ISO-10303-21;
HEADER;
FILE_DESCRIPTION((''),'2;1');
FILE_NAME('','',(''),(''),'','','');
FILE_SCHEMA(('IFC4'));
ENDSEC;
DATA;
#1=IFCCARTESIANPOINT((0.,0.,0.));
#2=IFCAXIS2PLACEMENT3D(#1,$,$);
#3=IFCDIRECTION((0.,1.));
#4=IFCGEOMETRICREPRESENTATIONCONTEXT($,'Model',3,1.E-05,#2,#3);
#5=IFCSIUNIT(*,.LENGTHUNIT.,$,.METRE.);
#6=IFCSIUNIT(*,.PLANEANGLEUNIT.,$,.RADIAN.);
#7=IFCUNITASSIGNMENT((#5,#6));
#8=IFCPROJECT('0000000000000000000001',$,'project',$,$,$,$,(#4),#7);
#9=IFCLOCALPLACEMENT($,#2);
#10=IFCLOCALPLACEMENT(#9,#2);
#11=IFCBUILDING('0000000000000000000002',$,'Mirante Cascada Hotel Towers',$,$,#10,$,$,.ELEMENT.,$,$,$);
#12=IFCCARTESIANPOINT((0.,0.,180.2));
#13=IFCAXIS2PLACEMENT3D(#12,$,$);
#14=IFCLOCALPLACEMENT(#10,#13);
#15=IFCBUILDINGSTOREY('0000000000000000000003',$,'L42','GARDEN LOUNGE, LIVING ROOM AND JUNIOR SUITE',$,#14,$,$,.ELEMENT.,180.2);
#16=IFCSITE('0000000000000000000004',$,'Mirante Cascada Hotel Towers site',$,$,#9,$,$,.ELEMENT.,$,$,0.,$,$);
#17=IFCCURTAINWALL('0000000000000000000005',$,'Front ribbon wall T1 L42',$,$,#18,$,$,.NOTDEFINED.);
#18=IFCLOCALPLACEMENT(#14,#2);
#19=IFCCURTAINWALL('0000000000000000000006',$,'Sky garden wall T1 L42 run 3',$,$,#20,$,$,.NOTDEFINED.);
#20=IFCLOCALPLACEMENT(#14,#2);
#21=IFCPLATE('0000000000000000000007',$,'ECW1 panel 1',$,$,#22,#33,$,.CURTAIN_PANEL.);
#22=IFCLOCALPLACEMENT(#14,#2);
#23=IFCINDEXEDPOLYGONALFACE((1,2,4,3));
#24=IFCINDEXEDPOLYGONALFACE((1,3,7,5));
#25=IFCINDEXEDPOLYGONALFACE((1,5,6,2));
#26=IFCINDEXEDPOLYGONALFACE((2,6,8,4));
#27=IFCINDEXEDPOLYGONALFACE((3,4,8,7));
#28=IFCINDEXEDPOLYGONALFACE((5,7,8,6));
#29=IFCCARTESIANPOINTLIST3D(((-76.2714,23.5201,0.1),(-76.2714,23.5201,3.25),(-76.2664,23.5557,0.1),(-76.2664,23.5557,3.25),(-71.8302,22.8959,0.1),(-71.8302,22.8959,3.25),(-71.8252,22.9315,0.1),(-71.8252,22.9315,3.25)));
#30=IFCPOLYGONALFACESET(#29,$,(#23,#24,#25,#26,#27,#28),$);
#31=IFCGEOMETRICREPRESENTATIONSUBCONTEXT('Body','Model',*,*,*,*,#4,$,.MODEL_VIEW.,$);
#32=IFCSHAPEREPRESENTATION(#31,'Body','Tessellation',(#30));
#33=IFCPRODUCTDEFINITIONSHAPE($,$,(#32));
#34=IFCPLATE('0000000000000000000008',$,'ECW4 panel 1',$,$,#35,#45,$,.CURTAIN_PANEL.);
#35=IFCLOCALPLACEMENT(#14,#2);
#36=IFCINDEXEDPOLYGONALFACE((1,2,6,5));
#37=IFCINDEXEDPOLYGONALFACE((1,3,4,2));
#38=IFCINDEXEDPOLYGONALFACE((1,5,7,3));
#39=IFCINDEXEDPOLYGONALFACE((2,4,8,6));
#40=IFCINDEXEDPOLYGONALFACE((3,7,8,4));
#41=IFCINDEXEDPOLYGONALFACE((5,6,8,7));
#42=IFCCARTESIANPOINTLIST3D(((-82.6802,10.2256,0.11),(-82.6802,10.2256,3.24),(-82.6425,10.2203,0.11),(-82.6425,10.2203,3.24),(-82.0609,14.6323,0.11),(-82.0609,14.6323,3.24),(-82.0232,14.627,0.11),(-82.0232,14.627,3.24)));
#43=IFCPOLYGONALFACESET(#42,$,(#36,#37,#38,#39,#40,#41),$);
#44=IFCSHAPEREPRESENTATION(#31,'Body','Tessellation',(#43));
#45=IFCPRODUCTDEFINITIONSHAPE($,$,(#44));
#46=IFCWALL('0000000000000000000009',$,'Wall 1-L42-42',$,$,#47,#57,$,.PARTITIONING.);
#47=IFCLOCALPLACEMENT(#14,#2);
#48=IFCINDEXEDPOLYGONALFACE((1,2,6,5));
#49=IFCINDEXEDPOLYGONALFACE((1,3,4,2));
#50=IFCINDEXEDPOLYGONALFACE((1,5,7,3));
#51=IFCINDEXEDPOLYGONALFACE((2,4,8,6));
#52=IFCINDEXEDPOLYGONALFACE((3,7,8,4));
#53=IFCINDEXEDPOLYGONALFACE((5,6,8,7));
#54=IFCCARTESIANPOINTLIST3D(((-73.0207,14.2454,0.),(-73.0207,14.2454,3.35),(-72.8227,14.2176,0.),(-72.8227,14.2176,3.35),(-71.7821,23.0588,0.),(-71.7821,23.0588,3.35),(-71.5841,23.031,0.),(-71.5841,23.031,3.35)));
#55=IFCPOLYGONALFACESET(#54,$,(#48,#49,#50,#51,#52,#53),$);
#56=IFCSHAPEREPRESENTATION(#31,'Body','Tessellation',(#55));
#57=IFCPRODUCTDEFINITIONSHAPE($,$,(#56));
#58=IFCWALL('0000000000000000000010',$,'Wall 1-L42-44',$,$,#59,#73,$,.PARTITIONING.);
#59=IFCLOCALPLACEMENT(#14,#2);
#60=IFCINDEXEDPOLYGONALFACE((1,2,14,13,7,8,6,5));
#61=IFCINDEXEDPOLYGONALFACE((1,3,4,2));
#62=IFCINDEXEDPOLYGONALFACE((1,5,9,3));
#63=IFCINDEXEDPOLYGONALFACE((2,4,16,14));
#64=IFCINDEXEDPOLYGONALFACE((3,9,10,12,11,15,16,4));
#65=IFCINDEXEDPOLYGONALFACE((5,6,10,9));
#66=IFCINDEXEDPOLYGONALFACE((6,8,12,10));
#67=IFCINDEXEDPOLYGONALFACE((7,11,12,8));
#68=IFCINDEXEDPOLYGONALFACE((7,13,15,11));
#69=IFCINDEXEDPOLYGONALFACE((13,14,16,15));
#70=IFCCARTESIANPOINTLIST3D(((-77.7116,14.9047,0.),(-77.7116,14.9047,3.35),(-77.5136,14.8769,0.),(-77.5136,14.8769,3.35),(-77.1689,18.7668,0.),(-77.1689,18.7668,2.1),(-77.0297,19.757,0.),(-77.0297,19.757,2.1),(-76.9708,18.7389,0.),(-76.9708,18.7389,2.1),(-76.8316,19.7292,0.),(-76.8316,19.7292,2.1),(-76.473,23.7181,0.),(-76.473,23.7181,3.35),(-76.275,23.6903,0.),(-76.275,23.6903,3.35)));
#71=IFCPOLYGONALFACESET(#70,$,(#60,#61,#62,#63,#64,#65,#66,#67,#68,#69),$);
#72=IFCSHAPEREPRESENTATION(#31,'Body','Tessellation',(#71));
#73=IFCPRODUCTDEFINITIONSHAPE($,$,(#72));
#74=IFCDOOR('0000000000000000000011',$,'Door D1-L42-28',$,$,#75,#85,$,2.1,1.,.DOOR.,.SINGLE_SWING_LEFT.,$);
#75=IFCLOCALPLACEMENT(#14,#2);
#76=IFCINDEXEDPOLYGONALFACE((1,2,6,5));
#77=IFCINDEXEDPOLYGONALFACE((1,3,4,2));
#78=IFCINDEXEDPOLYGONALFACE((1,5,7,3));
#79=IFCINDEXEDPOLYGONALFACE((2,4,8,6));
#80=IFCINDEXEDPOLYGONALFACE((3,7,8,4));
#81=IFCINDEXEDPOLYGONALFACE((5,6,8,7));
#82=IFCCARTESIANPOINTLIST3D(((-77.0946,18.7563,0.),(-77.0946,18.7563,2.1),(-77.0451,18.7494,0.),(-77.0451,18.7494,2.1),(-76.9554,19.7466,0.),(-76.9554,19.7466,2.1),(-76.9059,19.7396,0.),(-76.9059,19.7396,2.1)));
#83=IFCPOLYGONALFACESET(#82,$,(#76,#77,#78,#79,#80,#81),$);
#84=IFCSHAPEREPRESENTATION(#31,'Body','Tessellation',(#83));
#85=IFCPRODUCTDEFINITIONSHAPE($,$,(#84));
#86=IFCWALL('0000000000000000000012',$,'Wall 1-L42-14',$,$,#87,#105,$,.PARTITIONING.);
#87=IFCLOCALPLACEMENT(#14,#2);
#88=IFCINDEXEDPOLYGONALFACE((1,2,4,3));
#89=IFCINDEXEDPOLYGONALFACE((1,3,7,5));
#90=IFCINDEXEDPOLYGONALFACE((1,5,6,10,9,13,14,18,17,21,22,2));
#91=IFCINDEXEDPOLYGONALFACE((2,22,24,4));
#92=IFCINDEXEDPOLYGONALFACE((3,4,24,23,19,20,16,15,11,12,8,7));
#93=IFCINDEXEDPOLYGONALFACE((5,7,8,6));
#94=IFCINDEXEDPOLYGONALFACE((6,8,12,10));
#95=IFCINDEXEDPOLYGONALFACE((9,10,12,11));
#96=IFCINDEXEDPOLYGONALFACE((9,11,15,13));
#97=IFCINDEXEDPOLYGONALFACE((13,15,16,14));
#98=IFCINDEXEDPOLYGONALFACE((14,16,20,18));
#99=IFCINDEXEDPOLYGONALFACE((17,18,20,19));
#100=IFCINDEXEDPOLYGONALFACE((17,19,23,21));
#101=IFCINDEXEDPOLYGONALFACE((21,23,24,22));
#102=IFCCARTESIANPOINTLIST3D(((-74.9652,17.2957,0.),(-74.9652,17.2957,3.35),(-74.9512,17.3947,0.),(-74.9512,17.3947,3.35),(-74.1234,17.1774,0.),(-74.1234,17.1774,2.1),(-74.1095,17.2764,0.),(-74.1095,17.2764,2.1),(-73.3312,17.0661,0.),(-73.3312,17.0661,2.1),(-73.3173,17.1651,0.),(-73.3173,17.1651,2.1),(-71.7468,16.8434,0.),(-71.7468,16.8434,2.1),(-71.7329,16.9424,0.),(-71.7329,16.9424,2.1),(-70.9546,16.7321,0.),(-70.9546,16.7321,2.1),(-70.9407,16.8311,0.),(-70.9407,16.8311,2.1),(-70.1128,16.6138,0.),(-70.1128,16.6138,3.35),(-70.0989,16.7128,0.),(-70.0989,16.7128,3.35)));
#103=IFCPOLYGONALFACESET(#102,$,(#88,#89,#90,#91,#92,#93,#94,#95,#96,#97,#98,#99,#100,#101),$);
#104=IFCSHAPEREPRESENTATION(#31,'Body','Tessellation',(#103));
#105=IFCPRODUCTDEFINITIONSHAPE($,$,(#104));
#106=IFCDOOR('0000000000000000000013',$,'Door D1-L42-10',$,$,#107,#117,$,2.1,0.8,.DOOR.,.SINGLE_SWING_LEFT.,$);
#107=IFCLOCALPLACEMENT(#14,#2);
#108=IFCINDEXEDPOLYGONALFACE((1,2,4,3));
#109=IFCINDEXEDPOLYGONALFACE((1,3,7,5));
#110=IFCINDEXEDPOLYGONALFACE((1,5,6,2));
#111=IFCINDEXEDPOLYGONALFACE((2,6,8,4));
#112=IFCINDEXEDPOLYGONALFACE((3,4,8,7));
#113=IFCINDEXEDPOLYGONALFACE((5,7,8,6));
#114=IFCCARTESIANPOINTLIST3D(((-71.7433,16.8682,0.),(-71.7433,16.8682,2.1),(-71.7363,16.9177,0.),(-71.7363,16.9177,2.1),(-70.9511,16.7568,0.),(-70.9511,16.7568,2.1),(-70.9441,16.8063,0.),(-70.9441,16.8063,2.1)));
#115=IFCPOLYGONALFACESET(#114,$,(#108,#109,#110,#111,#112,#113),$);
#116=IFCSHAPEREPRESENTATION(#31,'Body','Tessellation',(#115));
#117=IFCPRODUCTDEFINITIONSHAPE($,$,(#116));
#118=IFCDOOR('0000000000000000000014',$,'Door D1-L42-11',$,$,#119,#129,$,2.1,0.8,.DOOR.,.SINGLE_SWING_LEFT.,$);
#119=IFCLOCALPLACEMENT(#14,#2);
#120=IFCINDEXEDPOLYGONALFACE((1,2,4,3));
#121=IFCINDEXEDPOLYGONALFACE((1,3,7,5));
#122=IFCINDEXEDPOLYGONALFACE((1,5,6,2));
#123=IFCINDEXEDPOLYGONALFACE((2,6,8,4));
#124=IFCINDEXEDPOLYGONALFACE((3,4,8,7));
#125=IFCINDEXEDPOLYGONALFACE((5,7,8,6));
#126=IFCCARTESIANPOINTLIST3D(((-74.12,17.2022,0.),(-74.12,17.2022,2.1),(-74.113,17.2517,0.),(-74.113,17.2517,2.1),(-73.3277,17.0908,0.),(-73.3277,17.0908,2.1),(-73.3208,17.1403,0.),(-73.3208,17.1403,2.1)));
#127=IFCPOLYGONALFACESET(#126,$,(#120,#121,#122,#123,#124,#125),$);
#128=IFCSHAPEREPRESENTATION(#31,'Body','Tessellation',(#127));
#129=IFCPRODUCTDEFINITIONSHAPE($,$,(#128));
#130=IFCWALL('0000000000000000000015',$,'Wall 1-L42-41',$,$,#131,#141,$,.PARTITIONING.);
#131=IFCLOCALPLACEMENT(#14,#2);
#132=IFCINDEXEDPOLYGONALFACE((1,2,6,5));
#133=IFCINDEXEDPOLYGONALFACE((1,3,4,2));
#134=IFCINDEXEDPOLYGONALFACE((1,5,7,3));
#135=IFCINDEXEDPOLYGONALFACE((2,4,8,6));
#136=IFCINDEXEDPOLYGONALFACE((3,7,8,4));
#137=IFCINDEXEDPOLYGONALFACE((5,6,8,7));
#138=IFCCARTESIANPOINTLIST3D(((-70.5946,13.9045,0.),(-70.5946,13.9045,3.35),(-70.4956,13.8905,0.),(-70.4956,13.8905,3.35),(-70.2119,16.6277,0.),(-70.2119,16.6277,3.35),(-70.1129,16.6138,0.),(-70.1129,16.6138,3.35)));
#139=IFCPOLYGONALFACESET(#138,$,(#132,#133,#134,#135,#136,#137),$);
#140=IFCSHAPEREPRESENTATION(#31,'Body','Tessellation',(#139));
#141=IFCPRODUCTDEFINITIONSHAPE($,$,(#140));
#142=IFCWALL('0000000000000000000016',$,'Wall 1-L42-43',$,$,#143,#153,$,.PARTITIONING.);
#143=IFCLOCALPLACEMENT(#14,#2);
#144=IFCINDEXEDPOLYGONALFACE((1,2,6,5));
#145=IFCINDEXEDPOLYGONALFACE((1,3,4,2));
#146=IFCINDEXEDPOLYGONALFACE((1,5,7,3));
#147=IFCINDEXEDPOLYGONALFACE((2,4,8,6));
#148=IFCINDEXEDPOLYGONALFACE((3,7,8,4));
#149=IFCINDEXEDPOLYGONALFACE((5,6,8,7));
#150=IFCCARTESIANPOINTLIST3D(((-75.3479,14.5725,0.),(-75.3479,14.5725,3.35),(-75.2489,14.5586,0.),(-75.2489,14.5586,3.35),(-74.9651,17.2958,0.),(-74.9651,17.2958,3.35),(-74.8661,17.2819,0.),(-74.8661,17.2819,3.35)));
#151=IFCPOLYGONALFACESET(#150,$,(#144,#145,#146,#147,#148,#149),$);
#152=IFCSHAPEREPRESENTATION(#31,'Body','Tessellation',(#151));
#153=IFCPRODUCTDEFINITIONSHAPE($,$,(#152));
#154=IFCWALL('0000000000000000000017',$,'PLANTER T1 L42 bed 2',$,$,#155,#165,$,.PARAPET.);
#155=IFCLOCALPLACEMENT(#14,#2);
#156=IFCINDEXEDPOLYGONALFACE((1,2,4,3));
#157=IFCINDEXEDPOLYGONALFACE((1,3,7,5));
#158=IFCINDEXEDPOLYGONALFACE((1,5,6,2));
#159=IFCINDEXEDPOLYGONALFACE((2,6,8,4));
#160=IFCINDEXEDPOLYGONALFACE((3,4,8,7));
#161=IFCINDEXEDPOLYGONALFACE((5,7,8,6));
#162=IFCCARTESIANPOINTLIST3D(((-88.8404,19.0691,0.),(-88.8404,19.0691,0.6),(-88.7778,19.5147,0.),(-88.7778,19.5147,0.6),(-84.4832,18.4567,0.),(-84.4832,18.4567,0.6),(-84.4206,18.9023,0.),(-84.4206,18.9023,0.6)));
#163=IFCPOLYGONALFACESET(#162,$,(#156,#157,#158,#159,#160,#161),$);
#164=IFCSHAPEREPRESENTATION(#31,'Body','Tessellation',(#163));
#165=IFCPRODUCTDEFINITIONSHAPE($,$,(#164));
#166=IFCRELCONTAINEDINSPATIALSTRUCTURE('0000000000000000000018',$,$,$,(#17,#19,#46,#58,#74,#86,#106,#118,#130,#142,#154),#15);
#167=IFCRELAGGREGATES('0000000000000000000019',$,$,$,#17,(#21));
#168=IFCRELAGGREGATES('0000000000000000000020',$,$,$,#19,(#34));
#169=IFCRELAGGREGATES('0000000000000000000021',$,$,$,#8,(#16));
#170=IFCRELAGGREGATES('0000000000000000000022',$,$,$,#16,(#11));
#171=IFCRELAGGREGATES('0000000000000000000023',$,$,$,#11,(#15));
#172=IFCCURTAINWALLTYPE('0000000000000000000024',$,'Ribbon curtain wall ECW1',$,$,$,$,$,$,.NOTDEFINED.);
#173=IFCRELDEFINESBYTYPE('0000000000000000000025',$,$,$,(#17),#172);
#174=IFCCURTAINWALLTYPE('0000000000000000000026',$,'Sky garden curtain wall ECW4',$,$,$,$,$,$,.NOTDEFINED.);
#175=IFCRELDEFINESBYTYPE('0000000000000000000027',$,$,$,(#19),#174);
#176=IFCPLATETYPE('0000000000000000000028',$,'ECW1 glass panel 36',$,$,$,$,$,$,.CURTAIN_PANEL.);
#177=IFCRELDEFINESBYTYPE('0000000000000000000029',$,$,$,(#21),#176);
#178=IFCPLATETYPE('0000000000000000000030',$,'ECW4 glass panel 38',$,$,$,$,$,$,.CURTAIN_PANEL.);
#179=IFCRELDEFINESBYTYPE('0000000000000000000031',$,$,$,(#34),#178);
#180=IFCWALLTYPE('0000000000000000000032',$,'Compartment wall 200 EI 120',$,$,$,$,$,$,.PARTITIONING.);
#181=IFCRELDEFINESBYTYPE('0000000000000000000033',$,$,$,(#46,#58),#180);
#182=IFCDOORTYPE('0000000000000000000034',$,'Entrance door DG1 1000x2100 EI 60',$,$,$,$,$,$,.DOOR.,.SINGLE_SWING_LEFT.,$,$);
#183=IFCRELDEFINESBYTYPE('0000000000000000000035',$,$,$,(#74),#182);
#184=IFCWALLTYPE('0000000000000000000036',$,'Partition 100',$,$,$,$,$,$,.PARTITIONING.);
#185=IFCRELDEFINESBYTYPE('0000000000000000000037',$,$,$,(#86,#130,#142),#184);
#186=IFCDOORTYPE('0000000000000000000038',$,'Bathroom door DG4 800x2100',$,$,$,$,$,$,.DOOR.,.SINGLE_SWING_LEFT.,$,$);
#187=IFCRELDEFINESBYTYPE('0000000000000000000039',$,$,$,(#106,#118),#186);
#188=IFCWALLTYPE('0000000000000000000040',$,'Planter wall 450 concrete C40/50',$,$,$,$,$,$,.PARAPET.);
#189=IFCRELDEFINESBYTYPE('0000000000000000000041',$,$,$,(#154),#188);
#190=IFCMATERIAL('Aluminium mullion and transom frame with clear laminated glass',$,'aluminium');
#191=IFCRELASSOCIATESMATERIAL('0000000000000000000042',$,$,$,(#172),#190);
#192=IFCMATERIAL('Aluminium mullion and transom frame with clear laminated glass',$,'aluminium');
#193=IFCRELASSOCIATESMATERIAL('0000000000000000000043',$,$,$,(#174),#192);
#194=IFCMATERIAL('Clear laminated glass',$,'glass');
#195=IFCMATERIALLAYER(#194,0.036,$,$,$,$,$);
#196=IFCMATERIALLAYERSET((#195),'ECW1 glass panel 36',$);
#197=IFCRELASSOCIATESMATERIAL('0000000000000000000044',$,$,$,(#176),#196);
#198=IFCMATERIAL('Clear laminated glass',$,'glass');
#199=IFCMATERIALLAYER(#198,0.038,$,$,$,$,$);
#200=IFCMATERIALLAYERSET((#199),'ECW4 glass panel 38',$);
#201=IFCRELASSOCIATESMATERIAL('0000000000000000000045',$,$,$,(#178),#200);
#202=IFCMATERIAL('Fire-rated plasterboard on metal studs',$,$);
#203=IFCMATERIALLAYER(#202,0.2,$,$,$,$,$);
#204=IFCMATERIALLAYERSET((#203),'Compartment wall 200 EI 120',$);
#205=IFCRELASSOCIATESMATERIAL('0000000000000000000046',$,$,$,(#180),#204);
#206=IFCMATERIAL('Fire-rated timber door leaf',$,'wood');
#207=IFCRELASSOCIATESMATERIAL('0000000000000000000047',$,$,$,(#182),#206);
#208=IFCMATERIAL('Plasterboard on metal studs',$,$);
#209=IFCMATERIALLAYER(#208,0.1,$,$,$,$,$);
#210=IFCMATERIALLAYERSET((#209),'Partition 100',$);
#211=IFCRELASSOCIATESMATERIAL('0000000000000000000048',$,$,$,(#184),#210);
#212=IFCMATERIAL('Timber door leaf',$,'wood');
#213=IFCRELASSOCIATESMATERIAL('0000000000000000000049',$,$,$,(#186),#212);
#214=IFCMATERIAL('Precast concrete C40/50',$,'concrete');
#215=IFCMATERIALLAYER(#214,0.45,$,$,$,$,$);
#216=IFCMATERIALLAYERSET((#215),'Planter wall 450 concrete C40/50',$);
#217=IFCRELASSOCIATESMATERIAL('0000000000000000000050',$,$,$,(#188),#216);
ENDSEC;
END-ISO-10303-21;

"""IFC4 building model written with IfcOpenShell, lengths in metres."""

from ifc_helpers import new_model, si_unit, direction, frame, frame_2d, origin, origin_2d, place, context, subcontext, project, spatial, rectangle, extrude, material, layer, layer_set, type_object, element, fill, aggregate, save


model = new_model("IFC4")

# Units and contexts
model_context = context("Model", 3, precision=1e-05, world=origin(), true_north=direction((0.0, 1.0)))
body_context = subcontext(model_context, "Body", "Model", "MODEL_VIEW")
ifc_project = project(units=[si_unit("LENGTHUNIT", "METRE"), si_unit("PLANEANGLEUNIT", "RADIAN")], contexts=[model_context])

# Site, building, storey
site_placement = place(None, origin())
site = spatial("IfcSite", under=ifc_project, at=site_placement, Name="Mirante Cascada Hotel Towers site", CompositionType="ELEMENT", RefElevation=0.0)
building_placement = place(site_placement, origin())
building = spatial("IfcBuilding", under=site, at=building_placement, Name="Mirante Cascada Hotel Towers", CompositionType="ELEMENT")
storey_placement = place(building_placement, frame((0.0, 0.0, 180.2)))
storey = spatial("IfcBuildingStorey", under=building, at=storey_placement, Name="L42", Description="GARDEN LOUNGE, LIVING ROOM AND JUNIOR SUITE", CompositionType="ELEMENT", Elevation=180.2)

# Curtain walls
ifc_material_1 = material(Name="Aluminium mullion and transom frame with clear laminated glass", Category="aluminium")
curtain_wall_type_1 = type_object("IfcCurtainWallType", Name="Ribbon curtain wall ECW1", PredefinedType="NOTDEFINED", material=ifc_material_1)
curtain_wall_1_placement = place(storey_placement, origin())
curtain_wall_1 = element("IfcCurtainWall", 1, at=curtain_wall_1_placement, inside=storey, type_object=curtain_wall_type_1, Name="Front ribbon wall T1 L42", PredefinedType="NOTDEFINED")
ifc_material_2 = material(Name="Aluminium mullion and transom frame with clear laminated glass", Category="aluminium")
curtain_wall_type_2 = type_object("IfcCurtainWallType", Name="Sky garden curtain wall ECW4", PredefinedType="NOTDEFINED", material=ifc_material_2)
curtain_wall_2_placement = place(storey_placement, origin())
curtain_wall_2 = element("IfcCurtainWall", 2, at=curtain_wall_2_placement, inside=storey, type_object=curtain_wall_type_2, Name="Sky garden wall T1 L42 run 3", PredefinedType="NOTDEFINED")

# Plates
ifc_material_3 = material(Name="Clear laminated glass", Category="glass")
ifc_layer_1 = layer(ifc_material_3, 0.036)
ifc_layer_set_1 = layer_set([ifc_layer_1], Name="ECW1 glass panel 36")
plate_type_1 = type_object("IfcPlateType", Name="ECW1 glass panel 36", PredefinedType="CURTAIN_PANEL", material=ifc_layer_set_1)
plate_1_placement = place(storey_placement, frame((-74.0483, 23.2258, 0.1), z_axis=(0.0, 0.0, 1.0), x_axis=(0.990268, -0.139173, 0.0)))
plate_1 = element("IfcPlate", 3, at=plate_1_placement, type_object=plate_type_1, Name="ECW1 panel 1", PredefinedType="CURTAIN_PANEL", context=body_context, shape_type="SweptSolid", body=[
    extrude(rectangle(XDim=4.4849, YDim=0.036, at=origin_2d()), origin(), (0.0, 0.0, 1.0), 3.15),
])
aggregate(curtain_wall_1, [plate_1])
ifc_material_4 = material(Name="Clear laminated glass", Category="glass")
ifc_layer_2 = layer(ifc_material_4, 0.038)
ifc_layer_set_2 = layer_set([ifc_layer_2], Name="ECW4 glass panel 38")
plate_type_2 = type_object("IfcPlateType", Name="ECW4 glass panel 38", PredefinedType="CURTAIN_PANEL", material=ifc_layer_set_2)
plate_2_placement = place(storey_placement, frame((-82.3517, 12.4263, 0.11), z_axis=(0.0, 0.0, 1.0), x_axis=(0.139173, 0.990268, 0.0)))
plate_2 = element("IfcPlate", 4, at=plate_2_placement, type_object=plate_type_2, Name="ECW4 panel 1", PredefinedType="CURTAIN_PANEL", context=body_context, shape_type="SweptSolid", body=[
    extrude(rectangle(XDim=4.45, YDim=0.038, at=origin_2d()), origin(), (0.0, 0.0, 1.0), 3.13),
])
aggregate(curtain_wall_2, [plate_2])

# Wall
ifc_material_5 = material(Name="Fire-rated plasterboard on metal studs")
ifc_layer_3 = layer(ifc_material_5, 0.2)
ifc_layer_set_3 = layer_set([ifc_layer_3], Name="Compartment wall 200 EI 120")
wall_type_1 = type_object("IfcWallType", Name="Compartment wall 200 EI 120", PredefinedType="PARTITIONING", material=ifc_layer_set_3)
wall_1_placement = place(storey_placement, frame((-71.6831, 23.0449, 0.0), z_axis=(0.0, 0.0, 1.0), x_axis=(-0.139168, -0.990269, 0.0)))
element("IfcWall", 5, at=wall_1_placement, inside=storey, type_object=wall_type_1, Name="Wall 1-L42-42", PredefinedType="PARTITIONING", context=body_context, shape_type="SweptSolid", body=[
    extrude(rectangle(XDim=8.9, YDim=0.2, at=frame_2d((4.45, 0.0))), origin(), (0.0, 0.0, 1.0), 3.35),
])

# Wall, opening, door
wall_2_placement = place(storey_placement, frame((-76.374, 23.7042, 0.0), z_axis=(0.0, 0.0, 1.0), x_axis=(-0.139168, -0.990269, 0.0)))
wall_2 = element("IfcWall", 6, at=wall_2_placement, inside=storey, type_object=wall_type_1, Name="Wall 1-L42-44", PredefinedType="PARTITIONING", context=body_context, shape_type="SweptSolid", body=[
    extrude(rectangle(XDim=8.9, YDim=0.2, at=frame_2d((4.45, 0.0))), origin(), (0.0, 0.0, 1.0), 3.35),
])
opening_1_placement = place(wall_2_placement, frame((4.0, 0.0, 0.0)))
opening_1 = element("IfcOpeningElement", 7, at=opening_1_placement, cuts=wall_2, PredefinedType="OPENING", context=body_context, shape_type="SweptSolid", body=[
    extrude(rectangle(XDim=1.0, YDim=2.1, at=frame_2d((0.5, 1.05))), frame((0.0, 0.1, 0.0), z_axis=(0.0, -1.0, 0.0), x_axis=(1.0, 0.0, 0.0)), (0.0, 0.0, 1.0), 0.2),
])
ifc_material_6 = material(Name="Fire-rated timber door leaf", Category="wood")
door_type_1 = type_object("IfcDoorType", Name="Entrance door DG1 1000x2100 EI 60", OperationType="SINGLE_SWING_LEFT", PredefinedType="DOOR", material=ifc_material_6)
door_1_placement = place(opening_1_placement, origin())
door_1 = element("IfcDoor", 8, at=door_1_placement, inside=storey, type_object=door_type_1, Name="Door D1-L42-28", OperationType="SINGLE_SWING_LEFT", OverallHeight=2.1, OverallWidth=1.0, PredefinedType="DOOR", context=body_context, shape_type="SweptSolid", body=[
    extrude(rectangle(XDim=1.0, YDim=2.1, at=frame_2d((0.5, 1.05))), frame((0.0, 0.025, 0.0), z_axis=(0.0, -1.0, 0.0), x_axis=(1.0, 0.0, 0.0)), (0.0, 0.0, 1.0), 0.05),
])
fill(opening_1, door_1)

# Wall, openings, doors
ifc_material_7 = material(Name="Plasterboard on metal studs")
ifc_layer_4 = layer(ifc_material_7, 0.1)
ifc_layer_set_4 = layer_set([ifc_layer_4], Name="Partition 100")
wall_type_2 = type_object("IfcWallType", Name="Partition 100", PredefinedType="PARTITIONING", material=ifc_layer_set_4)
wall_3_placement = place(storey_placement, frame((-74.9582, 17.3452, 0.0), z_axis=(0.0, 0.0, 1.0), x_axis=(0.990269, -0.139164, 0.0)))
wall_3 = element("IfcWall", 9, at=wall_3_placement, inside=storey, type_object=wall_type_2, Name="Wall 1-L42-14", PredefinedType="PARTITIONING", context=body_context, shape_type="SweptSolid", body=[
    extrude(rectangle(XDim=4.9, YDim=0.1, at=frame_2d((2.45, 0.0))), origin(), (0.0, 0.0, 1.0), 3.35),
])
opening_2_placement = place(wall_3_placement, frame((3.25, 0.0, 0.0)))
opening_2 = element("IfcOpeningElement", 10, at=opening_2_placement, cuts=wall_3, PredefinedType="OPENING", context=body_context, shape_type="SweptSolid", body=[
    extrude(rectangle(XDim=0.8, YDim=2.1, at=frame_2d((0.4, 1.05))), frame((0.0, 0.05, 0.0), z_axis=(0.0, -1.0, 0.0), x_axis=(1.0, 0.0, 0.0)), (0.0, 0.0, 1.0), 0.1),
])
opening_3_placement = place(wall_3_placement, frame((0.85, 0.0, 0.0)))
opening_3 = element("IfcOpeningElement", 11, at=opening_3_placement, cuts=wall_3, PredefinedType="OPENING", context=body_context, shape_type="SweptSolid", body=[
    extrude(rectangle(XDim=0.8, YDim=2.1, at=frame_2d((0.4, 1.05))), frame((0.0, 0.05, 0.0), z_axis=(0.0, -1.0, 0.0), x_axis=(1.0, 0.0, 0.0)), (0.0, 0.0, 1.0), 0.1),
])
ifc_material_8 = material(Name="Timber door leaf", Category="wood")
door_type_2 = type_object("IfcDoorType", Name="Bathroom door DG4 800x2100", OperationType="SINGLE_SWING_LEFT", PredefinedType="DOOR", material=ifc_material_8)
door_2_placement = place(opening_2_placement, origin())
door_2 = element("IfcDoor", 12, at=door_2_placement, inside=storey, type_object=door_type_2, Name="Door D1-L42-10", OperationType="SINGLE_SWING_LEFT", OverallHeight=2.1, OverallWidth=0.8, PredefinedType="DOOR", context=body_context, shape_type="SweptSolid", body=[
    extrude(rectangle(XDim=0.8, YDim=2.1, at=frame_2d((0.4, 1.05))), frame((0.0, 0.025, 0.0), z_axis=(0.0, -1.0, 0.0), x_axis=(1.0, 0.0, 0.0)), (0.0, 0.0, 1.0), 0.05),
])
fill(opening_2, door_2)
door_3_placement = place(opening_3_placement, origin())
door_3 = element("IfcDoor", 13, at=door_3_placement, inside=storey, type_object=door_type_2, Name="Door D1-L42-11", OperationType="SINGLE_SWING_LEFT", OverallHeight=2.1, OverallWidth=0.8, PredefinedType="DOOR", context=body_context, shape_type="SweptSolid", body=[
    extrude(rectangle(XDim=0.8, YDim=2.1, at=frame_2d((0.4, 1.05))), frame((0.0, 0.025, 0.0), z_axis=(0.0, -1.0, 0.0), x_axis=(1.0, 0.0, 0.0)), (0.0, 0.0, 1.0), 0.05),
])
fill(opening_3, door_3)

# Walls
wall_4_placement = place(storey_placement, frame((-70.5451, 13.8975, 0.0), z_axis=(0.0, 0.0, 1.0), x_axis=(0.139166, 0.990269, 0.0)))
element("IfcWall", 14, at=wall_4_placement, inside=storey, type_object=wall_type_2, Name="Wall 1-L42-41", PredefinedType="PARTITIONING", context=body_context, shape_type="SweptSolid", body=[
    extrude(rectangle(XDim=2.75, YDim=0.1, at=frame_2d((1.375, 0.0))), origin(), (0.0, 0.0, 1.0), 3.35),
])
wall_5_placement = place(storey_placement, frame((-75.2984, 14.5655, 0.0), z_axis=(0.0, 0.0, 1.0), x_axis=(0.139196, 0.990265, 0.0)))
element("IfcWall", 15, at=wall_5_placement, inside=storey, type_object=wall_type_2, Name="Wall 1-L42-43", PredefinedType="PARTITIONING", context=body_context, shape_type="SweptSolid", body=[
    extrude(rectangle(XDim=2.7501, YDim=0.1, at=frame_2d((1.3751, 0.0))), origin(), (0.0, 0.0, 1.0), 3.35),
])
ifc_material_9 = material(Name="Precast concrete C40/50", Category="concrete")
ifc_layer_5 = layer(ifc_material_9, 0.45)
ifc_layer_set_5 = layer_set([ifc_layer_5], Name="Planter wall 450 concrete C40/50")
wall_type_3 = type_object("IfcWallType", Name="Planter wall 450 concrete C40/50", PredefinedType="PARAPET", material=ifc_layer_set_5)
wall_6_placement = place(storey_placement, frame((-84.4519, 18.6795, 0.0), z_axis=(0.0, 0.0, 1.0), x_axis=(-0.990267, 0.139181, 0.0)))
element("IfcWall", 16, at=wall_6_placement, inside=storey, type_object=wall_type_3, Name="PLANTER T1 L42 bed 2", PredefinedType="PARAPET", context=body_context, shape_type="SweptSolid", body=[
    extrude(rectangle(XDim=4.4, YDim=0.45, at=frame_2d((2.2, 0.0))), origin(), (0.0, 0.0, 1.0), 0.6),
])

save(model, "model.ifc")
